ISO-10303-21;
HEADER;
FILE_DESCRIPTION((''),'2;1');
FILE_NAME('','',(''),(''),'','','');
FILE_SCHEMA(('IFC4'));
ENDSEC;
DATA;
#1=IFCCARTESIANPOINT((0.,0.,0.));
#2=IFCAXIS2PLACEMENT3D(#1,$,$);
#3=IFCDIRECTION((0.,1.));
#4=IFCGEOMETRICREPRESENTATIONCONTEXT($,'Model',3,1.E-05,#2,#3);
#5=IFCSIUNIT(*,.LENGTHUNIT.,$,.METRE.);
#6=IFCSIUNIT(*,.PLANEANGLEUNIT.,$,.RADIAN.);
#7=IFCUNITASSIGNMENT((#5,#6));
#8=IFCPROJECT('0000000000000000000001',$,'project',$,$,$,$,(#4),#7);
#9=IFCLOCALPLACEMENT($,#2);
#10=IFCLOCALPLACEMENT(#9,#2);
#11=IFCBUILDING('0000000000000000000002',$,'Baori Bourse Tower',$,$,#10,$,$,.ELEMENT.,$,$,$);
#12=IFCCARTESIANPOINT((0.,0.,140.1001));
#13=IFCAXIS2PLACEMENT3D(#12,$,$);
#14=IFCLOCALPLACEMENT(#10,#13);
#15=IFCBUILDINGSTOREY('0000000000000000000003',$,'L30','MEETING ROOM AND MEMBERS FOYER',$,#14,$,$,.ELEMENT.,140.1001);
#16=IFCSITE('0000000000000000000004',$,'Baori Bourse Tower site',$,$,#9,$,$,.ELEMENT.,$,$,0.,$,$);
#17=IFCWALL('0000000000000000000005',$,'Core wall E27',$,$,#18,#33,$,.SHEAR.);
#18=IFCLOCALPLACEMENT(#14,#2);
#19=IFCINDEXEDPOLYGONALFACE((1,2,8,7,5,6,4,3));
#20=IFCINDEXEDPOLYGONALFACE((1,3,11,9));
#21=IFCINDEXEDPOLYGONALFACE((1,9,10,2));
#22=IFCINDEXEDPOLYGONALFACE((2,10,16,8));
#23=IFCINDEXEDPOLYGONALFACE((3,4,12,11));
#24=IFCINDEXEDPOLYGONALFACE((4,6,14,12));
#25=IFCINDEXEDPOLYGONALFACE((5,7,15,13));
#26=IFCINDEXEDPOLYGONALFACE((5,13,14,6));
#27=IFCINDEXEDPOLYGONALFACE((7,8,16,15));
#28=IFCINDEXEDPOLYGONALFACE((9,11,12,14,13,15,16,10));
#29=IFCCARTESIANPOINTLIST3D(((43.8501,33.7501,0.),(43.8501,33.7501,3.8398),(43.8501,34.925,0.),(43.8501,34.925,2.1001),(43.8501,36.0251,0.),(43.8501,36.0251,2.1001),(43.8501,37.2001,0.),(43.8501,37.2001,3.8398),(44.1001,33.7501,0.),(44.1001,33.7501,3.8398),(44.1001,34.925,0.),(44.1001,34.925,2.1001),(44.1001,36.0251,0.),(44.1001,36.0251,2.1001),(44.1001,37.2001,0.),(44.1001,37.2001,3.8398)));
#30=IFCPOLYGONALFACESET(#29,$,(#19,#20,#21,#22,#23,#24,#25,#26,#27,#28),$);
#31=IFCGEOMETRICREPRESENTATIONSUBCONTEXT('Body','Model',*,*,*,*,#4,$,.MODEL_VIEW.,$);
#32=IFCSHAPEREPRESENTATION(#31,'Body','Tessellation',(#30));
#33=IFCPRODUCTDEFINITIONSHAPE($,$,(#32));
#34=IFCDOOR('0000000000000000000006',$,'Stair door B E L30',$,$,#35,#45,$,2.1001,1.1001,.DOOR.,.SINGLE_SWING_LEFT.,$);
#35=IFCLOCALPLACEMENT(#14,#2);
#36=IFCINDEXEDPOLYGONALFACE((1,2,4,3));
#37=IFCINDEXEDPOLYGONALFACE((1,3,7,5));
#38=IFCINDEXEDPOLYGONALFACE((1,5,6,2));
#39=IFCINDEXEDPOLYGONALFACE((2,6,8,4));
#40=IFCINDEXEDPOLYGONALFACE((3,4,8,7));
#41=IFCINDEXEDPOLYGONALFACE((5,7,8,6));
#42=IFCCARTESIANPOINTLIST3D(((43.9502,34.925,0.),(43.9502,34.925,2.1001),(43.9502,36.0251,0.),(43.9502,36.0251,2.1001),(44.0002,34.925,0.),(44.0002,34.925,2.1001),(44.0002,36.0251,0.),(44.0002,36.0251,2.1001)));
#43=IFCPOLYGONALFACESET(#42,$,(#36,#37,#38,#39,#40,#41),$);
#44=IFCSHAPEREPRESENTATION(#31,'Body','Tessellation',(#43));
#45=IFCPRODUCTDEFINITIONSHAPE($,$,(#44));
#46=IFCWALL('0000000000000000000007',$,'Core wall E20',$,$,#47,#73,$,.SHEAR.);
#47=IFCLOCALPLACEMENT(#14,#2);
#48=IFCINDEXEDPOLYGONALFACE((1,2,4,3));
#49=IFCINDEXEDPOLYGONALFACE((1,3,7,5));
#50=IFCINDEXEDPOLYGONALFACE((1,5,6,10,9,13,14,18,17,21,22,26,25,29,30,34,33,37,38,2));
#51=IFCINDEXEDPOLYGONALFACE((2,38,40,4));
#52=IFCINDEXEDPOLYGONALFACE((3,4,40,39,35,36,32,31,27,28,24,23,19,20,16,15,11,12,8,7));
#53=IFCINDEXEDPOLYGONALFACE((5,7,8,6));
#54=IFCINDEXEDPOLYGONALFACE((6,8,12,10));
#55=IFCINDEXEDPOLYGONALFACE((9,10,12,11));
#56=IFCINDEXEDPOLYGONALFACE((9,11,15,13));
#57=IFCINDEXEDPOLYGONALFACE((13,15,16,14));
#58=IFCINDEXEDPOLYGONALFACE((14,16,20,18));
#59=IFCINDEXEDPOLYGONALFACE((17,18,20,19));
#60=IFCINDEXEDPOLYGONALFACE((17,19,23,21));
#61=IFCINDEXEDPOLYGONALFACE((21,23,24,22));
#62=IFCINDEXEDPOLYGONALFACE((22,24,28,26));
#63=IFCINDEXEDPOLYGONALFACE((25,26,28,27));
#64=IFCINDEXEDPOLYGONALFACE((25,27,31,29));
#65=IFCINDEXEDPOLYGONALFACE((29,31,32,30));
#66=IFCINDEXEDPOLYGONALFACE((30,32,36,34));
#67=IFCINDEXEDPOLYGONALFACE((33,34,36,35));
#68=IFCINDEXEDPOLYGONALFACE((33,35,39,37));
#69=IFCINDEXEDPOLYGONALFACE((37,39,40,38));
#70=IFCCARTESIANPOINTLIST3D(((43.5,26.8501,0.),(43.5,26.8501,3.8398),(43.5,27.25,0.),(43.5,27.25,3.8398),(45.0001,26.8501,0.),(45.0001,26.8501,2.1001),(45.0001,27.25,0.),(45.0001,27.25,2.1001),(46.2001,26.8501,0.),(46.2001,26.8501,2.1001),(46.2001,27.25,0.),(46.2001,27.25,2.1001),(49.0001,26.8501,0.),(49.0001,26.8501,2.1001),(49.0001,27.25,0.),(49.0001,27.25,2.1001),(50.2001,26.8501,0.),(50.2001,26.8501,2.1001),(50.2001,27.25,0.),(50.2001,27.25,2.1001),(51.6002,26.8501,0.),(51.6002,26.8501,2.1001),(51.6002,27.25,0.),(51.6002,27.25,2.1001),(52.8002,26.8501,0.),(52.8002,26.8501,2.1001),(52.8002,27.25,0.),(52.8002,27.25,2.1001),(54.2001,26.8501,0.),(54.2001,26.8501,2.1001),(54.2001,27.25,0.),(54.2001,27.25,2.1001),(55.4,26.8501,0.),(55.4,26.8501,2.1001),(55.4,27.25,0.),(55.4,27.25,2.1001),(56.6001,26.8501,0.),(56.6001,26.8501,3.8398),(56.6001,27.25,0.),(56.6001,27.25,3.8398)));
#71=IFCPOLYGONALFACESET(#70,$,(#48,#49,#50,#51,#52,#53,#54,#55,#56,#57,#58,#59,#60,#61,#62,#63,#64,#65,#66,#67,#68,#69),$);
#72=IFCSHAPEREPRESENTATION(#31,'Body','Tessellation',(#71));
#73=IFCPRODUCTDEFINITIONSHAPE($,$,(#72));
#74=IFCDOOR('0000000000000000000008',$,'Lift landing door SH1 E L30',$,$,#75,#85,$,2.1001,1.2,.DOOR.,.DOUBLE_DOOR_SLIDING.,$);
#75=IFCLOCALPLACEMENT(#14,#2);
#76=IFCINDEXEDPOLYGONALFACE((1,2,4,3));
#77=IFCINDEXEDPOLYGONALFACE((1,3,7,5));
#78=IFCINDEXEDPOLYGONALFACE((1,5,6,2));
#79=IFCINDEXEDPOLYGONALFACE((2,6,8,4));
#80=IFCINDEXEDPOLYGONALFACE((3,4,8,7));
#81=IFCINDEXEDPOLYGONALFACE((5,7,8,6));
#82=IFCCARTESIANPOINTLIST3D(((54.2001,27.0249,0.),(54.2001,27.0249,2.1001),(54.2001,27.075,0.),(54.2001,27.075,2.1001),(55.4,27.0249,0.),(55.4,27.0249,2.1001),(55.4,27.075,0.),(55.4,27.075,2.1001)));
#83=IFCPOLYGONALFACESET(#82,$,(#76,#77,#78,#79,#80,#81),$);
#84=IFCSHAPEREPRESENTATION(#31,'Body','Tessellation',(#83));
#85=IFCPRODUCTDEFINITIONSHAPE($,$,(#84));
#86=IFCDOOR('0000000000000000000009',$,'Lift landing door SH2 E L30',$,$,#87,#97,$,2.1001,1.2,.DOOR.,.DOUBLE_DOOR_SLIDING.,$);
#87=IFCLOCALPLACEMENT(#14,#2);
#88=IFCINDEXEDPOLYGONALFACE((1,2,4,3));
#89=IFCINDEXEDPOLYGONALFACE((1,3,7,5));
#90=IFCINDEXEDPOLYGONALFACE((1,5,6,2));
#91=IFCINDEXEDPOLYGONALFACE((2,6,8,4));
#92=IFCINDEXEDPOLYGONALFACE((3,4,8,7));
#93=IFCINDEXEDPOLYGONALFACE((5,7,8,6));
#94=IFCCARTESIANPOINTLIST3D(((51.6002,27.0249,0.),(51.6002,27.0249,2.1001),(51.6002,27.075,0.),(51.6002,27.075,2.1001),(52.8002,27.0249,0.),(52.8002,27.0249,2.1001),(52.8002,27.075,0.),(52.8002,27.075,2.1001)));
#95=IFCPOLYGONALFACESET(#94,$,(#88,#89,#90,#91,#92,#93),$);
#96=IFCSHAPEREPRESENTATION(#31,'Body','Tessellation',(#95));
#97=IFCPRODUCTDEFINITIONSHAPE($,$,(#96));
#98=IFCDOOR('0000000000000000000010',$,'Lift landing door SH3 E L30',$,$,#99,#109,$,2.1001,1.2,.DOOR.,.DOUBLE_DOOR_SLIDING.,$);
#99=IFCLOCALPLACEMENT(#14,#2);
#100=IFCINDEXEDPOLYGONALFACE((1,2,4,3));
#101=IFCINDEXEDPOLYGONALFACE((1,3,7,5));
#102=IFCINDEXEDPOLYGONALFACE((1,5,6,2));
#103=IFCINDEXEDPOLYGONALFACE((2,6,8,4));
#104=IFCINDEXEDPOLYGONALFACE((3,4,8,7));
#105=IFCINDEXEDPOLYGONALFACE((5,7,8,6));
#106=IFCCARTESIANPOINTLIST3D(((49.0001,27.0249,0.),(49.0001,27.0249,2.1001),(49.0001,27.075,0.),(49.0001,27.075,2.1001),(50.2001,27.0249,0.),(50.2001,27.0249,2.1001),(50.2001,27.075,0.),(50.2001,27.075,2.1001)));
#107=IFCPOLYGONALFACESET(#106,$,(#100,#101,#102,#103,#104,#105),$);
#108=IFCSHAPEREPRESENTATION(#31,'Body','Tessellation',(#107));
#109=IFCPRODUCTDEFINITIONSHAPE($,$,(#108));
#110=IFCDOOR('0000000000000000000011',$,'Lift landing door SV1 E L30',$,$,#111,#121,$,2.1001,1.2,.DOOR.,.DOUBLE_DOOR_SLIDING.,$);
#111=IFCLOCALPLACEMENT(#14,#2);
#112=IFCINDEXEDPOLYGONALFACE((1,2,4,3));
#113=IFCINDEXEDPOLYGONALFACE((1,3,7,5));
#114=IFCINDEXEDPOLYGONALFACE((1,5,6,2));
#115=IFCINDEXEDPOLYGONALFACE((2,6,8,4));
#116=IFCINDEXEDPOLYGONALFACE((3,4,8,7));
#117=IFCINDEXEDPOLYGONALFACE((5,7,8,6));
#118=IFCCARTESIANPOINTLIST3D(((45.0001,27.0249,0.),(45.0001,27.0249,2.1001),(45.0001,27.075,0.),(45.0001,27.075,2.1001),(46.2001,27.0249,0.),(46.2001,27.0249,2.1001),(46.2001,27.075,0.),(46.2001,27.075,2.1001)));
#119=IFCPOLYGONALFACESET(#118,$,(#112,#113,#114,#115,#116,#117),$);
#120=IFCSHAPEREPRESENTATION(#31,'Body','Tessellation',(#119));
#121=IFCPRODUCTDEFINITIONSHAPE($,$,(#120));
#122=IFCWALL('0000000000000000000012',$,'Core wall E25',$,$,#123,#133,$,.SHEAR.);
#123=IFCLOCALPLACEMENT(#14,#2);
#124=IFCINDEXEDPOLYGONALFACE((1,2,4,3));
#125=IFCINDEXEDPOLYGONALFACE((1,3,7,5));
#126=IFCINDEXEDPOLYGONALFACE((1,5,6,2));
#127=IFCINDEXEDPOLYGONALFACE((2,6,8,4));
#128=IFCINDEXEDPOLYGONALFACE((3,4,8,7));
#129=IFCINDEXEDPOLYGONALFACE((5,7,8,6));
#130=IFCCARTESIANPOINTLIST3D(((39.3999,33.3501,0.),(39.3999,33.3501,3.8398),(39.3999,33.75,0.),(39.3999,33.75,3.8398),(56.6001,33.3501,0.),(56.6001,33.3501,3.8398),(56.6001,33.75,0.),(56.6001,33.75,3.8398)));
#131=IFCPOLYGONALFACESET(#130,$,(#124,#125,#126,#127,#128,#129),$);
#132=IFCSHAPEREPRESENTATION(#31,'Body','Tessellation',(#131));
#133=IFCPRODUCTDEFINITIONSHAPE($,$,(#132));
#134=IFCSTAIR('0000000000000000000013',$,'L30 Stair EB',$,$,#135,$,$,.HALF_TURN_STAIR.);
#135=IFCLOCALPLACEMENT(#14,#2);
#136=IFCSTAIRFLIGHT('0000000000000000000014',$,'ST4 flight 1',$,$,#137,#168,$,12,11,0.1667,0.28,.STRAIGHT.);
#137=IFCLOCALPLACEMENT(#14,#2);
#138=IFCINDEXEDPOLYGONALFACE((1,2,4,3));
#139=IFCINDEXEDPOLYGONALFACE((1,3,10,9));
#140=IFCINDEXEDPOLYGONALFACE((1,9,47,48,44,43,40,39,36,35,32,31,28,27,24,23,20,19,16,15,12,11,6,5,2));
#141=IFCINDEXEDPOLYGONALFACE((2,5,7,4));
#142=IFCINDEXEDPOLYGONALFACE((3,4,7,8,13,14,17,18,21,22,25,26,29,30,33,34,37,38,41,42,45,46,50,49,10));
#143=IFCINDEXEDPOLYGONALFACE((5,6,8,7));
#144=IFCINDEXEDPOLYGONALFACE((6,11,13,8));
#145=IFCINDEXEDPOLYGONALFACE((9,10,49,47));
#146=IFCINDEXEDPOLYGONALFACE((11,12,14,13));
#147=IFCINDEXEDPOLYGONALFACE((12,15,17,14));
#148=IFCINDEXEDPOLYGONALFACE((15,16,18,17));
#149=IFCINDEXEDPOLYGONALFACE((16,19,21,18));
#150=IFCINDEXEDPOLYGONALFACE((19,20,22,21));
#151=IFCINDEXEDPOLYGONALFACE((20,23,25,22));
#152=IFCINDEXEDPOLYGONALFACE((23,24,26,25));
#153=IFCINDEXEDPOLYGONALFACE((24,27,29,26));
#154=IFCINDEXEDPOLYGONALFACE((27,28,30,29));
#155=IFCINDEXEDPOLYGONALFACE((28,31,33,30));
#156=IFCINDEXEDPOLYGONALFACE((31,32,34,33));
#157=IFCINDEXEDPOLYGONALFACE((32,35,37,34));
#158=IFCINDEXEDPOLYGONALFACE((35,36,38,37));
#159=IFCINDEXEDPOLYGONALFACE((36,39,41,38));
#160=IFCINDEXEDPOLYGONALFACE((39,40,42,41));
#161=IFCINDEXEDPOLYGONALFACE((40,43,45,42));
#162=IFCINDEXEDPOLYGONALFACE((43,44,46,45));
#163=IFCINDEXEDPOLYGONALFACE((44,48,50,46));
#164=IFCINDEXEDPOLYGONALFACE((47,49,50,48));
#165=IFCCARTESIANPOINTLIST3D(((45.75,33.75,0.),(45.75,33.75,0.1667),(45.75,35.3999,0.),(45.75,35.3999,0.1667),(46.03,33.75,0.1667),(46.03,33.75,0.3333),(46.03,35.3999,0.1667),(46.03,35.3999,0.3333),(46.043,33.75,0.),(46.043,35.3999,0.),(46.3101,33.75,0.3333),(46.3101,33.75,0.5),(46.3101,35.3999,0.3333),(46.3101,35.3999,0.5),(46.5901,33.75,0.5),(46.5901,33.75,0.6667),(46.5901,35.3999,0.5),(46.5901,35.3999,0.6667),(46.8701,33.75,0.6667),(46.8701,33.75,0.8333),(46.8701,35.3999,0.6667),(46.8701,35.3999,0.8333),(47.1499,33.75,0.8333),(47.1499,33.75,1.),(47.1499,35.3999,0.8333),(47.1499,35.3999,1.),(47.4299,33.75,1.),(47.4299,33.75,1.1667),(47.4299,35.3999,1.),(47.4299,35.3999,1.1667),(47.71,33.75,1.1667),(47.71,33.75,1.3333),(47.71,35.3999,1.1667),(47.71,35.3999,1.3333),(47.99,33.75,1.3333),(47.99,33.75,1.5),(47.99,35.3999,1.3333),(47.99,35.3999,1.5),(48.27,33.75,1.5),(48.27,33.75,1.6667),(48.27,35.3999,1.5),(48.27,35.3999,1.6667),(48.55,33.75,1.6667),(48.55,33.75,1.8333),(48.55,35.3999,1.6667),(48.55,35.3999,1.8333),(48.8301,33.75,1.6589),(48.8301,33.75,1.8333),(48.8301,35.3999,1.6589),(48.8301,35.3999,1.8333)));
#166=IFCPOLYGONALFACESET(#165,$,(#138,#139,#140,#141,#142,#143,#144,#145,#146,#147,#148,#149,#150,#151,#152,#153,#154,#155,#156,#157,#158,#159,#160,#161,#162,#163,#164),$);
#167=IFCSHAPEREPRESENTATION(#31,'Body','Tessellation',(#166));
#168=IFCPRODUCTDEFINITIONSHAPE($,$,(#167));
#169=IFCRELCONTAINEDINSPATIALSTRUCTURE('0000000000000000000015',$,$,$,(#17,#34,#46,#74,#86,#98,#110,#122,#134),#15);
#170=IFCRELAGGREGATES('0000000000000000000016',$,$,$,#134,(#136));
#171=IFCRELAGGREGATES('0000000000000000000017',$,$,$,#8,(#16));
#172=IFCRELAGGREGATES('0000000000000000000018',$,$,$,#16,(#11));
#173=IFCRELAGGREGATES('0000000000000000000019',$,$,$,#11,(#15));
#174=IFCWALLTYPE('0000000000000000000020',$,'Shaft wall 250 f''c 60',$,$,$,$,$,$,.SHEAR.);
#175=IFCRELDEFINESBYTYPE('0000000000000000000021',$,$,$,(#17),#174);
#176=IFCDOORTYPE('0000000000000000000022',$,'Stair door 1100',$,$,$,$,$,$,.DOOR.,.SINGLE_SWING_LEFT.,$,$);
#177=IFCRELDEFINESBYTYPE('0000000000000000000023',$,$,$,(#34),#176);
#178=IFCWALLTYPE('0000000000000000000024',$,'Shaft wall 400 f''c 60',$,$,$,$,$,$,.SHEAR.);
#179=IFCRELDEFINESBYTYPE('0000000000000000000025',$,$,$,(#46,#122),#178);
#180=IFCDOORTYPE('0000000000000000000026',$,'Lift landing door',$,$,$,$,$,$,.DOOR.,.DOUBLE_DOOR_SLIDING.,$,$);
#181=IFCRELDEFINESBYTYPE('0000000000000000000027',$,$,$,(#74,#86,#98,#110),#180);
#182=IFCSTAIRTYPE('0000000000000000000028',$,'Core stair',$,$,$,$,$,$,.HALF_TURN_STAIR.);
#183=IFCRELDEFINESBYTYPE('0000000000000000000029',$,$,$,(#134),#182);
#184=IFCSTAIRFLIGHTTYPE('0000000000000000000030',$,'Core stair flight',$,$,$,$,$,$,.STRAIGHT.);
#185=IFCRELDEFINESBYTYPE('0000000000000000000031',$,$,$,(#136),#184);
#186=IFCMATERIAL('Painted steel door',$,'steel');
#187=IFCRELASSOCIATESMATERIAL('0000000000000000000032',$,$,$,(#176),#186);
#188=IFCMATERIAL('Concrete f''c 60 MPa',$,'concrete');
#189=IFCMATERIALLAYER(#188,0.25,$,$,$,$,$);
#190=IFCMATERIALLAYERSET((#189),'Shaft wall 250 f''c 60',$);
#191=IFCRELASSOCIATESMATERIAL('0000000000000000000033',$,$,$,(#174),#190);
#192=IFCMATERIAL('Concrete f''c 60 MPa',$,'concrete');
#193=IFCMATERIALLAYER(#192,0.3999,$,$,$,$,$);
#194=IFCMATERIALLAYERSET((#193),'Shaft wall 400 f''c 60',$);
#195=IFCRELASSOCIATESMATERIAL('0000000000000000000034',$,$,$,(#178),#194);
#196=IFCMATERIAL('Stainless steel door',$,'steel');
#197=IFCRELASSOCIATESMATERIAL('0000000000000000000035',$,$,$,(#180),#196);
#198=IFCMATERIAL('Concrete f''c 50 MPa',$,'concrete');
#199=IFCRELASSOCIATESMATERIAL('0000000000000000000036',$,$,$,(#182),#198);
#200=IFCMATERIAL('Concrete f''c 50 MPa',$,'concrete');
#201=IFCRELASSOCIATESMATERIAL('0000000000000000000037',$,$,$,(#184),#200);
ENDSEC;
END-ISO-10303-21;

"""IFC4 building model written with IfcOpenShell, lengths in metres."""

from ifc_helpers import new_model, si_unit, direction, frame, frame_2d, origin, place, context, subcontext, project, spatial, polyline, rectangle, outline, extrude, material, layer, layer_set, type_object, element, fill, aggregate, save


model = new_model("IFC4")

# Units and contexts
model_context = context("Model", 3, precision=1e-05, world=origin(), true_north=direction((0.0, 1.0)))
body_context = subcontext(model_context, "Body", "Model", "MODEL_VIEW")
ifc_project = project(units=[si_unit("LENGTHUNIT", "METRE"), si_unit("PLANEANGLEUNIT", "RADIAN")], contexts=[model_context])

# Site, building, storey
site_placement = place(None, origin())
site = spatial("IfcSite", under=ifc_project, at=site_placement, Name="Baori Bourse Tower site", CompositionType="ELEMENT", RefElevation=0.0)
building_placement = place(site_placement, origin())
building = spatial("IfcBuilding", under=site, at=building_placement, Name="Baori Bourse Tower", CompositionType="ELEMENT")
storey_placement = place(building_placement, frame((0.0, 0.0, 140.1001)))
storey = spatial("IfcBuildingStorey", under=building, at=storey_placement, Name="L30", Description="MEETING ROOM AND MEMBERS FOYER", CompositionType="ELEMENT", Elevation=140.1001)

# Shared definitions
ifc_material_1 = material(Name="Painted steel door", Category="steel")
door_type_1 = type_object("IfcDoorType", Name="Stair door 1100", OperationType="SINGLE_SWING_LEFT", PredefinedType="DOOR", material=ifc_material_1)

# Wall, opening, door
ifc_material_2 = material(Name="Concrete f'c 60 MPa", Category="concrete")
ifc_layer_1 = layer(ifc_material_2, 0.25)
ifc_layer_set_1 = layer_set([ifc_layer_1], Name="Shaft wall 250 f'c 60")
wall_type_1 = type_object("IfcWallType", Name="Shaft wall 250 f'c 60", PredefinedType="SHEAR", material=ifc_layer_set_1)
wall_1_placement = place(storey_placement, frame((43.9751, 33.75, 0.0), z_axis=(0.0, 0.0, 1.0), x_axis=(0.0, 1.0, 0.0)))
wall_1 = element("IfcWall", 1, at=wall_1_placement, inside=storey, type_object=wall_type_1, Name="Core wall E27", PredefinedType="SHEAR", context=body_context, shape_type="SweptSolid", body=[
    extrude(rectangle(XDim=3.45, YDim=0.25, at=frame_2d((1.7251, 0.0))), origin(), (0.0, 0.0, 1.0), 3.8398),
])
opening_1_placement = place(wall_1_placement, frame((1.175, 0.0, 0.0)))
opening_1 = element("IfcOpeningElement", 2, at=opening_1_placement, cuts=wall_1, PredefinedType="OPENING", context=body_context, shape_type="SweptSolid", body=[
    extrude(rectangle(XDim=1.1001, YDim=2.1001, at=frame_2d((0.55, 1.05))), frame((0.0, 0.135, 0.0), z_axis=(0.0, -1.0, 0.0), x_axis=(1.0, 0.0, 0.0)), (0.0, 0.0, 1.0), 0.27),
])
door_1_placement = place(opening_1_placement, origin())
door_1 = element("IfcDoor", 3, at=door_1_placement, inside=storey, type_object=door_type_1, Name="Stair door B E L30", OperationType="SINGLE_SWING_LEFT", OverallHeight=2.1001, OverallWidth=1.1001, PredefinedType="DOOR", context=body_context, shape_type="SweptSolid", body=[
    extrude(rectangle(XDim=1.1001, YDim=2.1001, at=frame_2d((0.55, 1.05))), frame((0.0, 0.0249, 0.0), z_axis=(0.0, -1.0, 0.0), x_axis=(1.0, 0.0, 0.0)), (0.0, 0.0, 1.0), 0.05),
])
fill(opening_1, door_1)

# Wall, openings, doors
ifc_material_3 = material(Name="Concrete f'c 60 MPa", Category="concrete")
ifc_layer_2 = layer(ifc_material_3, 0.3999)
ifc_layer_set_2 = layer_set([ifc_layer_2], Name="Shaft wall 400 f'c 60")
wall_type_2 = type_object("IfcWallType", Name="Shaft wall 400 f'c 60", PredefinedType="SHEAR", material=ifc_layer_set_2)
wall_2_placement = place(storey_placement, frame((43.5, 27.05, 0.0), z_axis=(0.0, 0.0, 1.0), x_axis=(1.0, 0.0, 0.0)))
wall_2 = element("IfcWall", 4, at=wall_2_placement, inside=storey, type_object=wall_type_2, Name="Core wall E20", PredefinedType="SHEAR", context=body_context, shape_type="SweptSolid", body=[
    extrude(rectangle(XDim=13.1001, YDim=0.3999, at=frame_2d((6.55, 0.0))), origin(), (0.0, 0.0, 1.0), 3.8398),
])
opening_2_placement = place(wall_2_placement, frame((10.7, 0.0, 0.0)))
opening_2 = element("IfcOpeningElement", 5, at=opening_2_placement, cuts=wall_2, PredefinedType="OPENING", context=body_context, shape_type="SweptSolid", body=[
    extrude(rectangle(XDim=1.2, YDim=2.1001, at=frame_2d((0.6001, 1.05))), frame((0.0, 0.21, 0.0), z_axis=(0.0, -1.0, 0.0), x_axis=(1.0, 0.0, 0.0)), (0.0, 0.0, 1.0), 0.4199),
])
opening_3_placement = place(wall_2_placement, frame((8.1001, 0.0, 0.0)))
opening_3 = element("IfcOpeningElement", 6, at=opening_3_placement, cuts=wall_2, PredefinedType="OPENING", context=body_context, shape_type="SweptSolid", body=[
    extrude(rectangle(XDim=1.2, YDim=2.1001, at=frame_2d((0.6001, 1.05))), frame((0.0, 0.21, 0.0), z_axis=(0.0, -1.0, 0.0), x_axis=(1.0, 0.0, 0.0)), (0.0, 0.0, 1.0), 0.4199),
])
opening_4_placement = place(wall_2_placement, frame((5.5, 0.0, 0.0)))
opening_4 = element("IfcOpeningElement", 7, at=opening_4_placement, cuts=wall_2, PredefinedType="OPENING", context=body_context, shape_type="SweptSolid", body=[
    extrude(rectangle(XDim=1.2, YDim=2.1001, at=frame_2d((0.6001, 1.05))), frame((0.0, 0.21, 0.0), z_axis=(0.0, -1.0, 0.0), x_axis=(1.0, 0.0, 0.0)), (0.0, 0.0, 1.0), 0.4199),
])
opening_5_placement = place(wall_2_placement, frame((1.5, 0.0, 0.0)))
opening_5 = element("IfcOpeningElement", 8, at=opening_5_placement, cuts=wall_2, PredefinedType="OPENING", context=body_context, shape_type="SweptSolid", body=[
    extrude(rectangle(XDim=1.2, YDim=2.1001, at=frame_2d((0.6001, 1.05))), frame((0.0, 0.21, 0.0), z_axis=(0.0, -1.0, 0.0), x_axis=(1.0, 0.0, 0.0)), (0.0, 0.0, 1.0), 0.4199),
])
ifc_material_4 = material(Name="Stainless steel door", Category="steel")
door_type_2 = type_object("IfcDoorType", Name="Lift landing door", OperationType="DOUBLE_DOOR_SLIDING", PredefinedType="DOOR", material=ifc_material_4)
door_2_placement = place(opening_2_placement, origin())
door_2 = element("IfcDoor", 9, at=door_2_placement, inside=storey, type_object=door_type_2, Name="Lift landing door SH1 E L30", OperationType="DOUBLE_DOOR_SLIDING", OverallHeight=2.1001, OverallWidth=1.2, PredefinedType="DOOR", context=body_context, shape_type="SweptSolid", body=[
    extrude(rectangle(XDim=1.2, YDim=2.1001, at=frame_2d((0.6001, 1.05))), frame((0.0, 0.0249, 0.0), z_axis=(0.0, -1.0, 0.0), x_axis=(1.0, 0.0, 0.0)), (0.0, 0.0, 1.0), 0.05),
])
fill(opening_2, door_2)
door_3_placement = place(opening_3_placement, origin())
door_3 = element("IfcDoor", 10, at=door_3_placement, inside=storey, type_object=door_type_2, Name="Lift landing door SH2 E L30", OperationType="DOUBLE_DOOR_SLIDING", OverallHeight=2.1001, OverallWidth=1.2, PredefinedType="DOOR", context=body_context, shape_type="SweptSolid", body=[
    extrude(rectangle(XDim=1.2, YDim=2.1001, at=frame_2d((0.6001, 1.05))), frame((0.0, 0.0249, 0.0), z_axis=(0.0, -1.0, 0.0), x_axis=(1.0, 0.0, 0.0)), (0.0, 0.0, 1.0), 0.05),
])
fill(opening_3, door_3)
door_4_placement = place(opening_4_placement, origin())
door_4 = element("IfcDoor", 11, at=door_4_placement, inside=storey, type_object=door_type_2, Name="Lift landing door SH3 E L30", OperationType="DOUBLE_DOOR_SLIDING", OverallHeight=2.1001, OverallWidth=1.2, PredefinedType="DOOR", context=body_context, shape_type="SweptSolid", body=[
    extrude(rectangle(XDim=1.2, YDim=2.1001, at=frame_2d((0.6001, 1.05))), frame((0.0, 0.0249, 0.0), z_axis=(0.0, -1.0, 0.0), x_axis=(1.0, 0.0, 0.0)), (0.0, 0.0, 1.0), 0.05),
])
fill(opening_4, door_4)
door_5_placement = place(opening_5_placement, origin())
door_5 = element("IfcDoor", 12, at=door_5_placement, inside=storey, type_object=door_type_2, Name="Lift landing door SV1 E L30", OperationType="DOUBLE_DOOR_SLIDING", OverallHeight=2.1001, OverallWidth=1.2, PredefinedType="DOOR", context=body_context, shape_type="SweptSolid", body=[
    extrude(rectangle(XDim=1.2, YDim=2.1001, at=frame_2d((0.6001, 1.05))), frame((0.0, 0.0249, 0.0), z_axis=(0.0, -1.0, 0.0), x_axis=(1.0, 0.0, 0.0)), (0.0, 0.0, 1.0), 0.05),
])
fill(opening_5, door_5)

# Wall
wall_3_placement = place(storey_placement, frame((39.3999, 33.55, 0.0), z_axis=(0.0, 0.0, 1.0), x_axis=(1.0, 0.0, 0.0)))
element("IfcWall", 13, at=wall_3_placement, inside=storey, type_object=wall_type_2, Name="Core wall E25", PredefinedType="SHEAR", context=body_context, shape_type="SweptSolid", body=[
    extrude(rectangle(XDim=17.2002, YDim=0.3999, at=frame_2d((8.6001, 0.0))), origin(), (0.0, 0.0, 1.0), 3.8398),
])

# Stair, stair flight
ifc_material_5 = material(Name="Concrete f'c 50 MPa", Category="concrete")
stair_type = type_object("IfcStairType", Name="Core stair", PredefinedType="HALF_TURN_STAIR", material=ifc_material_5)
stair_placement = place(storey_placement, origin())
stair = element("IfcStair", 14, at=stair_placement, inside=storey, type_object=stair_type, Name="L30 Stair EB", PredefinedType="HALF_TURN_STAIR")
ifc_material_6 = material(Name="Concrete f'c 50 MPa", Category="concrete")
stair_flight_type = type_object("IfcStairFlightType", Name="Core stair flight", PredefinedType="STRAIGHT", material=ifc_material_6)
stair_flight_1_placement = place(storey_placement, frame((45.75, 34.575, 0.0), z_axis=(0.0, 0.0, 1.0), x_axis=(1.0, 0.0, 0.0)))
stair_flight_1 = element("IfcStairFlight", 15, at=stair_flight_1_placement, type_object=stair_flight_type, Name="ST4 flight 1", NumberOfRisers=12, NumberOfTreads=11, PredefinedType="STRAIGHT", RiserHeight=0.1667, TreadLength=0.28, context=body_context, shape_type="SweptSolid", body=[
    extrude(outline(polyline([(0.0, 0.0), (0.0, 0.1667), (0.28, 0.1667), (0.28, 0.3333), (0.5601, 0.3333), (0.5601, 0.5), (0.8401, 0.5), (0.8401, 0.6667), (1.1201, 0.6667), (1.1201, 0.8333), (1.3999, 0.8333), (1.3999, 1.0), (1.6799, 1.0), (1.6799, 1.1667), (1.96, 1.1667), (1.96, 1.3333), (2.24, 1.3333), (2.24, 1.5), (2.52, 1.5), (2.52, 1.6667), (2.8, 1.6667), (2.8, 1.8333), (3.0801, 1.8333), (3.0801, 2.0), (3.0801, 1.6589), (0.293, 0.0), (0.0, 0.0)])), frame((0.0, 0.825, 0.0), z_axis=(0.0, -1.0, 0.0), x_axis=(1.0, 0.0, 0.0)), (0.0, 0.0, 1.0), 1.6499),
])
aggregate(stair, [stair_flight_1])

save(model, "model.ifc")
